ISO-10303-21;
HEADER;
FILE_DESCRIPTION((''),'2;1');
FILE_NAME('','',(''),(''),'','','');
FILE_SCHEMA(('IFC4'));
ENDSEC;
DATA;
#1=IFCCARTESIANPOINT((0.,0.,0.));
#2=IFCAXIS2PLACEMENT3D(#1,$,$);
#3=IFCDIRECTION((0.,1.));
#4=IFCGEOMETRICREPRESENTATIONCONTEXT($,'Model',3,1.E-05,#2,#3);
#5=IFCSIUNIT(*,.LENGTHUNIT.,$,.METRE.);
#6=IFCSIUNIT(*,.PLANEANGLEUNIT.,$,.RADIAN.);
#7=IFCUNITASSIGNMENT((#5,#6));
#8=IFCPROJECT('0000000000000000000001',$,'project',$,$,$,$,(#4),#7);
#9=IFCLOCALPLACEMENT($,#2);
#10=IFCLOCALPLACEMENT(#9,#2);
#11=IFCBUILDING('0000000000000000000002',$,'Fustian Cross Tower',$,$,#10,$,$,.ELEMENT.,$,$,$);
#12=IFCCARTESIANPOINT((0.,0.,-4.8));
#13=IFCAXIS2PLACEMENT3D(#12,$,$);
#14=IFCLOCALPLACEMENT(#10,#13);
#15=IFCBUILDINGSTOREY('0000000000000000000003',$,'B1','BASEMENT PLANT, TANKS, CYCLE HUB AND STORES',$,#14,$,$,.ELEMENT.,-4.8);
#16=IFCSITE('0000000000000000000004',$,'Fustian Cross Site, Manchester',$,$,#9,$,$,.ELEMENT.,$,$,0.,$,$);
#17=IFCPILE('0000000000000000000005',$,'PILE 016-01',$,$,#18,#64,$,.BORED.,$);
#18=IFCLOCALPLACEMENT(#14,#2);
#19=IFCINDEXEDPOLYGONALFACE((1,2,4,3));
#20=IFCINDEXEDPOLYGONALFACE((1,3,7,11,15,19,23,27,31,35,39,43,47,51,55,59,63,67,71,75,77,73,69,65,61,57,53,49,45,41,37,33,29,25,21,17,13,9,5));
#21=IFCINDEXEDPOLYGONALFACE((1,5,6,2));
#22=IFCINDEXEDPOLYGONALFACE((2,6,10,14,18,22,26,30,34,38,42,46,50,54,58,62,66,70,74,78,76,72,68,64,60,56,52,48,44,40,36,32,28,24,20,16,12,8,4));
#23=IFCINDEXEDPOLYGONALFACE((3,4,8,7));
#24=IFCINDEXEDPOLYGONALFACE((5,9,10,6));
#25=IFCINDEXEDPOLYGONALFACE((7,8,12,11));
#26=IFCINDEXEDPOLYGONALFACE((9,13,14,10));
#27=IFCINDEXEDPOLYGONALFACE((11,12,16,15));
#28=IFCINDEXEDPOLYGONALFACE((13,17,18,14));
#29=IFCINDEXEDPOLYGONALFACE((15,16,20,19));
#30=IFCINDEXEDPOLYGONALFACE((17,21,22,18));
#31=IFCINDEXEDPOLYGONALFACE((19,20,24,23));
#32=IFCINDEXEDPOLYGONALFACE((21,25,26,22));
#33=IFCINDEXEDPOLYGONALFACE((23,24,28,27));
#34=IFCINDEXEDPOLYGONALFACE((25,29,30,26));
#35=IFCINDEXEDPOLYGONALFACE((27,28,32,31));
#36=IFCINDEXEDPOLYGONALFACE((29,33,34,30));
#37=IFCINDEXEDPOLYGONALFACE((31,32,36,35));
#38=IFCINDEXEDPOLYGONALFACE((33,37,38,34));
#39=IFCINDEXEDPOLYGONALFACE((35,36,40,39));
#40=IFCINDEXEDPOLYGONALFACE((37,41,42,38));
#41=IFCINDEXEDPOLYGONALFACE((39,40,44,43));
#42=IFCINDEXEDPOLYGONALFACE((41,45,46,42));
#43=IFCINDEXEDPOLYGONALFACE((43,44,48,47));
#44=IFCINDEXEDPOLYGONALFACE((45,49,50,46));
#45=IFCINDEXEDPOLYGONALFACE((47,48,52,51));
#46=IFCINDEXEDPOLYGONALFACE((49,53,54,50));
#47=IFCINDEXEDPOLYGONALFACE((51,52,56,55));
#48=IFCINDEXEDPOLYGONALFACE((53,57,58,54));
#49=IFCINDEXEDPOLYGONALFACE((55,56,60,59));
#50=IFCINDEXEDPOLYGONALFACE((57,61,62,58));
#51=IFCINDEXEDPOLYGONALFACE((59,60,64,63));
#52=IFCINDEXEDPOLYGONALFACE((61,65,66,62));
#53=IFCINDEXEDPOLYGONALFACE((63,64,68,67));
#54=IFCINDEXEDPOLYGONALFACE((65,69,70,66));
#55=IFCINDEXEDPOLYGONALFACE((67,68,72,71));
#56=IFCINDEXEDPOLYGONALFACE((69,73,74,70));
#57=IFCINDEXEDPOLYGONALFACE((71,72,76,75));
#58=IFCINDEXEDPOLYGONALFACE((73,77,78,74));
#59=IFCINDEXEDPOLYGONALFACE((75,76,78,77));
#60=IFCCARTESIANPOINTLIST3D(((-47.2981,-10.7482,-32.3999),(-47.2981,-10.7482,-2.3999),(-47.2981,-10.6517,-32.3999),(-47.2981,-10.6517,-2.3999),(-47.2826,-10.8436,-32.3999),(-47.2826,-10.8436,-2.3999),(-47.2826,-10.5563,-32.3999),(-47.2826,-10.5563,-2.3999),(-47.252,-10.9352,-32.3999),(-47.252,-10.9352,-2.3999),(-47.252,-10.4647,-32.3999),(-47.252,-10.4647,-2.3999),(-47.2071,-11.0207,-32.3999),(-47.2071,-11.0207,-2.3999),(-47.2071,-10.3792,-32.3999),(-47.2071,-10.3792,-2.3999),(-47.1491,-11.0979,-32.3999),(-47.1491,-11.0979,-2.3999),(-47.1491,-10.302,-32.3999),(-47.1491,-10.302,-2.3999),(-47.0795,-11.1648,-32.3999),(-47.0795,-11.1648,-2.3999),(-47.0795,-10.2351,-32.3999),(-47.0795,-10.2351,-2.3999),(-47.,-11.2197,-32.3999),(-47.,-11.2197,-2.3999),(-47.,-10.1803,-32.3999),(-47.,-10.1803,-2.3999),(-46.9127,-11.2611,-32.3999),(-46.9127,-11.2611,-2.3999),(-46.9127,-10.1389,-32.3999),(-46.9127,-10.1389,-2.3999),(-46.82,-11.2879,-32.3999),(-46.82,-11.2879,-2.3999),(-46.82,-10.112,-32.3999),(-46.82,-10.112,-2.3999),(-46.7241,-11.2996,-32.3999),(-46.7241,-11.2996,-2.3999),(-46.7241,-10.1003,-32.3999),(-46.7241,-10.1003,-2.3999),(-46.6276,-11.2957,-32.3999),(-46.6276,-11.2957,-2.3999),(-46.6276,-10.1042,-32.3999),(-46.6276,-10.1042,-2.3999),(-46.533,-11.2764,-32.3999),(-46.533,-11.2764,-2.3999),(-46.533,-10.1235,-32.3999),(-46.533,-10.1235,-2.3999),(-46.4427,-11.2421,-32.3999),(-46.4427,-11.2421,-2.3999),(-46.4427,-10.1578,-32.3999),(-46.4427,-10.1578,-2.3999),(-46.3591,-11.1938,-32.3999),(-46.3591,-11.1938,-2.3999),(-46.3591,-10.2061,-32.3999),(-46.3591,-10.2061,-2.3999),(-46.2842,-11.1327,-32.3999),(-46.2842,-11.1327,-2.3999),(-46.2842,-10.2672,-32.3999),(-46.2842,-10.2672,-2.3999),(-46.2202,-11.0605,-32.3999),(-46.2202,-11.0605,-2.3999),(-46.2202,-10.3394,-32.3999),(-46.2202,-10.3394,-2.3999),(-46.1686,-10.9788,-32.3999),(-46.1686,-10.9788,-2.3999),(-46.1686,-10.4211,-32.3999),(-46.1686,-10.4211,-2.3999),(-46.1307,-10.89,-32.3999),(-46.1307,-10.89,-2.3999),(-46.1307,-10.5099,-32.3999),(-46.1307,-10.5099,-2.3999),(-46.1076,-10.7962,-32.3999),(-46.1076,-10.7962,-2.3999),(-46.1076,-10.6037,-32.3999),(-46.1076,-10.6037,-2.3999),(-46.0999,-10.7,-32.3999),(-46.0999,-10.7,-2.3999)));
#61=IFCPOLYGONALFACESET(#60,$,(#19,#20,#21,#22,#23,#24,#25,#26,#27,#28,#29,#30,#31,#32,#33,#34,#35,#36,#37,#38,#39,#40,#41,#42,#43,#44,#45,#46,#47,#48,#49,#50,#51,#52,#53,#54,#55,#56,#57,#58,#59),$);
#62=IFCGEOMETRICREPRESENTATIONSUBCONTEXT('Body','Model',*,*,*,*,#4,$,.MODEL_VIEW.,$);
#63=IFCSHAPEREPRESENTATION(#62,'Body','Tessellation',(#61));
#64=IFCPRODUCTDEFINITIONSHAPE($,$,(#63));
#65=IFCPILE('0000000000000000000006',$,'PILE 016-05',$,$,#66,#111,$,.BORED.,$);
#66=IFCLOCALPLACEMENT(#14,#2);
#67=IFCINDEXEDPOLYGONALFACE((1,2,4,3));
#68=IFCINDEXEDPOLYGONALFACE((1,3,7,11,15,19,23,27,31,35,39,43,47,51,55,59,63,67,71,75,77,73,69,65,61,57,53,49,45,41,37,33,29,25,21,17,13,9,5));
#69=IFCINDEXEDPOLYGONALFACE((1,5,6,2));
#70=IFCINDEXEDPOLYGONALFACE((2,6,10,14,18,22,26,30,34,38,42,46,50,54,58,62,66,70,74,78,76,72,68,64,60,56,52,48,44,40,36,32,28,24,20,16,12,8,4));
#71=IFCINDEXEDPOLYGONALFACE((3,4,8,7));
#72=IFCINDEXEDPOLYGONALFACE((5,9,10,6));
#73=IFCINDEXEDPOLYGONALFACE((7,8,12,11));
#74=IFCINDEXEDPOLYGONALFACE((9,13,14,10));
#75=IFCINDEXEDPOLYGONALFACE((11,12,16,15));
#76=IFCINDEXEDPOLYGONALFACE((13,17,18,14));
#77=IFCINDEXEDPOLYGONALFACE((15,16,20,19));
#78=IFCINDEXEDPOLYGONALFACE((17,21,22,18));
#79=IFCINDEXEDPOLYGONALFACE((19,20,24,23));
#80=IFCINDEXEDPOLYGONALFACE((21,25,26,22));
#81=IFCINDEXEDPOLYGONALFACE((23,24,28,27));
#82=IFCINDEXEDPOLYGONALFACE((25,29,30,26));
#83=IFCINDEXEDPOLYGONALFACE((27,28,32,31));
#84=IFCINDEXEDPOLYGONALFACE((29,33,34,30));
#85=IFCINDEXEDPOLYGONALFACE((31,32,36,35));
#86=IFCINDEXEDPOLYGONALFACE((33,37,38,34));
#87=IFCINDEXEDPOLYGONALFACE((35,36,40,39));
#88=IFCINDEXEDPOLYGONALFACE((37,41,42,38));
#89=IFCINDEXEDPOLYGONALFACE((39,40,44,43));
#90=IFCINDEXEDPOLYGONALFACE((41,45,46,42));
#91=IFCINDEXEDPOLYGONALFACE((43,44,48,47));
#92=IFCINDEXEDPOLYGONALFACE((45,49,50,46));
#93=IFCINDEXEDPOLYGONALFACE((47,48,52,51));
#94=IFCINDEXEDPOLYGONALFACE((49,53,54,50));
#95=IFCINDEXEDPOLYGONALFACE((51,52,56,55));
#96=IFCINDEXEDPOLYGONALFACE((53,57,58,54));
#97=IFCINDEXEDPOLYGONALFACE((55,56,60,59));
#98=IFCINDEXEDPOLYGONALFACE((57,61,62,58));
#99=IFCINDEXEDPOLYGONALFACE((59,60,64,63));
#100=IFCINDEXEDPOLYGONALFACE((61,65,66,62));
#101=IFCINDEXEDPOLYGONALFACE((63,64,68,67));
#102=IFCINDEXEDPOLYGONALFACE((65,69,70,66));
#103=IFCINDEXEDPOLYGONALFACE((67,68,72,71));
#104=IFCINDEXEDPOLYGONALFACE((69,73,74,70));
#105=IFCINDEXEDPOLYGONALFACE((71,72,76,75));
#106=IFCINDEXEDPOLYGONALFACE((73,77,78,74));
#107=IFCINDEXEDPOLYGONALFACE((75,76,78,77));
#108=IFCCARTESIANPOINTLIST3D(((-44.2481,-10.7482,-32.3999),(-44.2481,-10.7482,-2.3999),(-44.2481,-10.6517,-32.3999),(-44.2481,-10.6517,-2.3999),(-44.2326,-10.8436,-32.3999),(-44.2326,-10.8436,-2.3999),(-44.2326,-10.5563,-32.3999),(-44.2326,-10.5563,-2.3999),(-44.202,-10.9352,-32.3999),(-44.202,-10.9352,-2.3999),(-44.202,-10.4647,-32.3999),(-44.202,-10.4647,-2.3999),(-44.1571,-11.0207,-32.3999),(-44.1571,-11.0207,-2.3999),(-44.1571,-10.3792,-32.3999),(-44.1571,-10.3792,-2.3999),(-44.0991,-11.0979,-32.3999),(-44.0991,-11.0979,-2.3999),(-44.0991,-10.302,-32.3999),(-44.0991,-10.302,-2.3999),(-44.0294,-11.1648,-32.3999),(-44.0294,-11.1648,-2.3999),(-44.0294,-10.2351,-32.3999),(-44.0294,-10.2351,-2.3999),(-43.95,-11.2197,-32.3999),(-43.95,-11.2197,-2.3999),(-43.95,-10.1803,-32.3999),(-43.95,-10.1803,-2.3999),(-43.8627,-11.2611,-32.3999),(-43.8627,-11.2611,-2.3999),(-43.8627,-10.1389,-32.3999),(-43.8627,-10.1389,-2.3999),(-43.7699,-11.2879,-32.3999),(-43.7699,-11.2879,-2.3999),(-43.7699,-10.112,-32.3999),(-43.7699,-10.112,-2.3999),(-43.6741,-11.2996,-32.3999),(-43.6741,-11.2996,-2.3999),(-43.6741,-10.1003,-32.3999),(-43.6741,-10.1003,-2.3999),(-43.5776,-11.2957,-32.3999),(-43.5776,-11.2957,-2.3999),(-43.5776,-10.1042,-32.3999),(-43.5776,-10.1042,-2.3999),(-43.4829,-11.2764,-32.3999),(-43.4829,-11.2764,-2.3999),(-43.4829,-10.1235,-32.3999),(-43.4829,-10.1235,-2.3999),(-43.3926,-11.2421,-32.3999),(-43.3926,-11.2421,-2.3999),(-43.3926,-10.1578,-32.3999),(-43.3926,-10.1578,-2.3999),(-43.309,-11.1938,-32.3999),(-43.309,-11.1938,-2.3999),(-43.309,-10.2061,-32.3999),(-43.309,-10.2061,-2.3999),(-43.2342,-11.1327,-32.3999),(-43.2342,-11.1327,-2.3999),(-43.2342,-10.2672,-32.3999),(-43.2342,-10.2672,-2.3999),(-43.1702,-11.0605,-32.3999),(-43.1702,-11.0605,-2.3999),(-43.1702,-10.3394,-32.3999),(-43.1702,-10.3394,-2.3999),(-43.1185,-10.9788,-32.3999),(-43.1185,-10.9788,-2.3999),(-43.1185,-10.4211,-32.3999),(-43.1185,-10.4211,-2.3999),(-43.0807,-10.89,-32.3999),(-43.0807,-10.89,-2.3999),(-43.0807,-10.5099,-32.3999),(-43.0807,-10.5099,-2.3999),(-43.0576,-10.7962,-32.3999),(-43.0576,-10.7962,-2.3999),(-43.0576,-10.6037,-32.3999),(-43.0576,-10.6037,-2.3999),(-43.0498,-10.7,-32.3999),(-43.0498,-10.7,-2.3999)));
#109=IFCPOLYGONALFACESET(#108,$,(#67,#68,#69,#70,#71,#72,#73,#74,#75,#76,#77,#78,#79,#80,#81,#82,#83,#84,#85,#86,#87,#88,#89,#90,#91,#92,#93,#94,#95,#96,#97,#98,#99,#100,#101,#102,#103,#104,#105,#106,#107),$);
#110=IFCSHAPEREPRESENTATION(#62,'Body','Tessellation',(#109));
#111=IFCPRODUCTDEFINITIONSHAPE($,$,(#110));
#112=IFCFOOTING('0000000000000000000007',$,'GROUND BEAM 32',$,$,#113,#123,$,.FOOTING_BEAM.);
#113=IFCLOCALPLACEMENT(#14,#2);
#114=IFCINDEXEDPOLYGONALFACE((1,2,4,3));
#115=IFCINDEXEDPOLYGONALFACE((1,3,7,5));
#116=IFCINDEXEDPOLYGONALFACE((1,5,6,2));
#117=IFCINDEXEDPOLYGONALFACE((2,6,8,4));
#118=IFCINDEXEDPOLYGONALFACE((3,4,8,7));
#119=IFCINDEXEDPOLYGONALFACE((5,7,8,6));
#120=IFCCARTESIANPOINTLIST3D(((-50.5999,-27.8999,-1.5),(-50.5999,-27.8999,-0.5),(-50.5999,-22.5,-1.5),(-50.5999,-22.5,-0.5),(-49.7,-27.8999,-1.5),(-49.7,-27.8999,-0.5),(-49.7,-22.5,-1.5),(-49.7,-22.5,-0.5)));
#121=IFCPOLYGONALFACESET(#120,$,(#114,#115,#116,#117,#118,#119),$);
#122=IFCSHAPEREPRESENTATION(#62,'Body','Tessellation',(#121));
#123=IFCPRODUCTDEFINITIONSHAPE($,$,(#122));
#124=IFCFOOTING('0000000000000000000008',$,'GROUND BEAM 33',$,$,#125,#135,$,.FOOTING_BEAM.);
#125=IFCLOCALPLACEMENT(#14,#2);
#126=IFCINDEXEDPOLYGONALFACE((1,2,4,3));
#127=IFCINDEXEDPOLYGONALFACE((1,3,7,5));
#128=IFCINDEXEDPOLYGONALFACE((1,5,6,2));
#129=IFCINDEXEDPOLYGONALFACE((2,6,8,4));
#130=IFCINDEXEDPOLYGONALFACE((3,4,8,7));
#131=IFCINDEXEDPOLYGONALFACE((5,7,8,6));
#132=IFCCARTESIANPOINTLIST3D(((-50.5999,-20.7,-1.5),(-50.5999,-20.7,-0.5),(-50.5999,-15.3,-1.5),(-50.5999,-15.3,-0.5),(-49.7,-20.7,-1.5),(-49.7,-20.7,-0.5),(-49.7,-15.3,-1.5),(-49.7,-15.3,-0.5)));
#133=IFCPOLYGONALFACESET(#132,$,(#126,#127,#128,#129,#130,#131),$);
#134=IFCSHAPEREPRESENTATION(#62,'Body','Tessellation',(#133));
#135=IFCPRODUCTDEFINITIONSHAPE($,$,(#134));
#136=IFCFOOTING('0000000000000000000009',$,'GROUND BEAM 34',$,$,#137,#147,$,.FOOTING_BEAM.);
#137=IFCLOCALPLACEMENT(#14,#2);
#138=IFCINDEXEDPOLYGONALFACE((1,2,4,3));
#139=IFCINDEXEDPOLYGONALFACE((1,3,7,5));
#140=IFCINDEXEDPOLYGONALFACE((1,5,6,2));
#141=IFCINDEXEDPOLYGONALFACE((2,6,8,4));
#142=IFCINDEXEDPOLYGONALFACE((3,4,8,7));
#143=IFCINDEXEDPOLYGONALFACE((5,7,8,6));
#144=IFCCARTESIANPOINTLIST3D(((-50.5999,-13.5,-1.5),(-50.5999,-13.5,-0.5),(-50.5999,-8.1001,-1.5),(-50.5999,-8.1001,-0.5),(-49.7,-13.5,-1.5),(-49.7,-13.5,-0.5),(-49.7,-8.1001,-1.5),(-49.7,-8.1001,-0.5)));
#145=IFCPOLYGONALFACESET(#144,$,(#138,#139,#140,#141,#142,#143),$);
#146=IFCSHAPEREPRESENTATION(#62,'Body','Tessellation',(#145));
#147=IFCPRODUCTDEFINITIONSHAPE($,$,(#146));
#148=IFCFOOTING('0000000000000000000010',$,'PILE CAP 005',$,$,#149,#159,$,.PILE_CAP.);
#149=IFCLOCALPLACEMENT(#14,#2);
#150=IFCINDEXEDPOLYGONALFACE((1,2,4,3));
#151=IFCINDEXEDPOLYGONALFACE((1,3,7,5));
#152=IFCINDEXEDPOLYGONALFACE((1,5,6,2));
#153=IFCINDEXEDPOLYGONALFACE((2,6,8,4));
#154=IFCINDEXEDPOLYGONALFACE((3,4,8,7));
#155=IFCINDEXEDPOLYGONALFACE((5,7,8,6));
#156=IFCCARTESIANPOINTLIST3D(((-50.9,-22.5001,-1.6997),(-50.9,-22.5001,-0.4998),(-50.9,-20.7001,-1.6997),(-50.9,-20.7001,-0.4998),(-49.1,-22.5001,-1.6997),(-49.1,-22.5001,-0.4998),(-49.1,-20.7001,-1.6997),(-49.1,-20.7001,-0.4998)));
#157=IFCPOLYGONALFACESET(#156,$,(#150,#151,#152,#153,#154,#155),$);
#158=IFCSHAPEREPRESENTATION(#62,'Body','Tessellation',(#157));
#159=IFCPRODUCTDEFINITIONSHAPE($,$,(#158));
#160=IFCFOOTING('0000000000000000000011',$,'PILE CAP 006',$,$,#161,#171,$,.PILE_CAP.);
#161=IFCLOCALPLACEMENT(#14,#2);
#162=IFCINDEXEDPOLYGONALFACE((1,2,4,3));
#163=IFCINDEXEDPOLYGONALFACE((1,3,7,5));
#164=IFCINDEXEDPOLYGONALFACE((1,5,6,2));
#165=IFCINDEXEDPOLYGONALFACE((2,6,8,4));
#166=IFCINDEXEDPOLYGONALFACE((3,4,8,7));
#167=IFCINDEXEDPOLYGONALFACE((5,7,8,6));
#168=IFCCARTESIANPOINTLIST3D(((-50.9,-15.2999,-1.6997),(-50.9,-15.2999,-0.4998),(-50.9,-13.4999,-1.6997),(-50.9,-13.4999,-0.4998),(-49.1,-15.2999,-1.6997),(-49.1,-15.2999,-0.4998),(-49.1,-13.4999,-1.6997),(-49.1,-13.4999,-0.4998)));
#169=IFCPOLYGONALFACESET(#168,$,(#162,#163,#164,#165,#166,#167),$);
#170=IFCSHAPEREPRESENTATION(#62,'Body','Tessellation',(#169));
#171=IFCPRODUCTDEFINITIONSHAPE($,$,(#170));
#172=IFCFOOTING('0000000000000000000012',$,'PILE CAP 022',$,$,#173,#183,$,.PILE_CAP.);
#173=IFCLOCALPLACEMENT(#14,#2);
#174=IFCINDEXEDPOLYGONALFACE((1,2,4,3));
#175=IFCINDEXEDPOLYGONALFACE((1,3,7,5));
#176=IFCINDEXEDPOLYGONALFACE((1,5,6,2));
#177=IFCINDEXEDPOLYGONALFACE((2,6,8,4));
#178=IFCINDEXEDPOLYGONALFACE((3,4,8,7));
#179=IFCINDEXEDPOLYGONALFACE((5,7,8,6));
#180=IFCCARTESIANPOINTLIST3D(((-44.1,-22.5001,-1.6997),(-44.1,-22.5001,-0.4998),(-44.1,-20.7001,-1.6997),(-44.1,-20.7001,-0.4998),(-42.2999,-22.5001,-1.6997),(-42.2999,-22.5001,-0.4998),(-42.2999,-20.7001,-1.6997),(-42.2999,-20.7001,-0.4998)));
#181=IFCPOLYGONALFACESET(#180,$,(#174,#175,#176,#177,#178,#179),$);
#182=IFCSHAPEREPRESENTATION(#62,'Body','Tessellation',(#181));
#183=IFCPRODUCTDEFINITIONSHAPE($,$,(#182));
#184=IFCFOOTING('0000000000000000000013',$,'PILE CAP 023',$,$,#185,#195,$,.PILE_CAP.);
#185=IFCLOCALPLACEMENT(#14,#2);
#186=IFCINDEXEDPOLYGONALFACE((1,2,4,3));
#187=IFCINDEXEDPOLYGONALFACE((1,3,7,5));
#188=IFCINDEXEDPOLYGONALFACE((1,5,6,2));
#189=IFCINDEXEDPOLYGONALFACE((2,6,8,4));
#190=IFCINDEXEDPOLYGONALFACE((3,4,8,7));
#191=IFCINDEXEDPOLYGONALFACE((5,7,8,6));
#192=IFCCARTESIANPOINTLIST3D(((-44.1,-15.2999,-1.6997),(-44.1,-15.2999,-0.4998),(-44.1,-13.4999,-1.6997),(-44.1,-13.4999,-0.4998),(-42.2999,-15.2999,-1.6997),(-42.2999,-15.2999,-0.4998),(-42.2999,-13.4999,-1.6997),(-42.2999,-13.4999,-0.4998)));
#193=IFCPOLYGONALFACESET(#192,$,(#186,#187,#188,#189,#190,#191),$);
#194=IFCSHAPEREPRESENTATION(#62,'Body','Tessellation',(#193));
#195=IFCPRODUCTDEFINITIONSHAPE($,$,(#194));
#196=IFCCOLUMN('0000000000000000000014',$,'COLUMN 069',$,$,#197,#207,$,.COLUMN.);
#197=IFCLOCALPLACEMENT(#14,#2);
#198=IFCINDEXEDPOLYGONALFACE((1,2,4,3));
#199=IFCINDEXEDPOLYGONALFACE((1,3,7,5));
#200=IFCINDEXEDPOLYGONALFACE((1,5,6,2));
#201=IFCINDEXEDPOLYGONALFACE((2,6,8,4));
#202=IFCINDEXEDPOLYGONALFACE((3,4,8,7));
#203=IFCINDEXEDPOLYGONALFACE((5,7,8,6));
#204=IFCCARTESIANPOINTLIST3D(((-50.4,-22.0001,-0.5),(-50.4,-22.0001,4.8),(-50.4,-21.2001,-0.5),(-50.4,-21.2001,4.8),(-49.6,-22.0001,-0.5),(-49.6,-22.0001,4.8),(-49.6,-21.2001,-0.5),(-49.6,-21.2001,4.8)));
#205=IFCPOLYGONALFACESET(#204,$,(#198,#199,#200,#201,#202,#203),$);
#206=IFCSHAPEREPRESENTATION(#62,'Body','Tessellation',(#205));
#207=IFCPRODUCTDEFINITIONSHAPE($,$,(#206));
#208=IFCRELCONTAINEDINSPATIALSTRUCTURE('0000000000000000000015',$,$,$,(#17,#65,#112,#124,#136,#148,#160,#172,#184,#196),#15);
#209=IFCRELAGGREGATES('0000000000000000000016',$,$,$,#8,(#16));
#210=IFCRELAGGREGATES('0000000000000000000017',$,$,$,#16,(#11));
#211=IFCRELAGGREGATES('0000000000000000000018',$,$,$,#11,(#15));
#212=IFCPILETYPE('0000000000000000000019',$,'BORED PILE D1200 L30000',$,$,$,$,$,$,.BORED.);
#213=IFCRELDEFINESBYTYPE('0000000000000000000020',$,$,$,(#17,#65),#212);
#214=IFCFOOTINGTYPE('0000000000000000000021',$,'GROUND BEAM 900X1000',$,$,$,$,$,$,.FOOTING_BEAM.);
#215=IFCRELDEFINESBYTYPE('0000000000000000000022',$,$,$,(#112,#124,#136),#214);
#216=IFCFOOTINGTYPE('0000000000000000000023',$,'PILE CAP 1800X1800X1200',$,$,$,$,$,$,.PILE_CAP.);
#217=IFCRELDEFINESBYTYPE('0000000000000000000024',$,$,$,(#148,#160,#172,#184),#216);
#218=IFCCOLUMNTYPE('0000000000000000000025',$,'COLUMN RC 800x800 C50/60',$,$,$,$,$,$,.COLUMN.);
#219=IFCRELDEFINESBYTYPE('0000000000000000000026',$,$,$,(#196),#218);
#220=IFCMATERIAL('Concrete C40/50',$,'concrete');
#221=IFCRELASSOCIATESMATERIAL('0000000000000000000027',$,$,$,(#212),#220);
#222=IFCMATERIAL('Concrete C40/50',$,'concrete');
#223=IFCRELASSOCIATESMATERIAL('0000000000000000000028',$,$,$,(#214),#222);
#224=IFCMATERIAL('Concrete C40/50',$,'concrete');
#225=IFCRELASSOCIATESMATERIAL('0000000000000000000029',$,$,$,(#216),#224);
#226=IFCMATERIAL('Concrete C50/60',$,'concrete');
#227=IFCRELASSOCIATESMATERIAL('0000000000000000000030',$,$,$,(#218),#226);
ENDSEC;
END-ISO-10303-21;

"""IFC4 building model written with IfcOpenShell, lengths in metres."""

from ifc_helpers import new_model, si_unit, direction, frame, origin, origin_2d, place, context, subcontext, project, spatial, rectangle, circle, extrude, material, material_profile, profile_set, type_object, element, save


model = new_model("IFC4")

# Units and contexts
model_context = context("Model", 3, precision=1e-05, world=origin(), true_north=direction((0.0, 1.0)))
body_context = subcontext(model_context, "Body", "Model", "MODEL_VIEW")
ifc_project = project(units=[si_unit("LENGTHUNIT", "METRE"), si_unit("PLANEANGLEUNIT", "RADIAN")], contexts=[model_context])

# Site, building, storey
site_placement = place(None, origin())
site = spatial("IfcSite", under=ifc_project, at=site_placement, Name="Fustian Cross Site, Manchester", CompositionType="ELEMENT", RefElevation=0.0)
building_placement = place(site_placement, origin())
building = spatial("IfcBuilding", under=site, at=building_placement, Name="Fustian Cross Tower", CompositionType="ELEMENT")
storey_placement = place(building_placement, frame((0.0, 0.0, -4.8)))
storey = spatial("IfcBuildingStorey", under=building, at=storey_placement, Name="B1", Description="BASEMENT PLANT, TANKS, CYCLE HUB AND STORES", CompositionType="ELEMENT", Elevation=-4.8)

# Piles
ifc_material_1 = material(Name="Concrete C40/50", Category="concrete")
ifc_material_profile_1 = material_profile(ifc_material_1, circle(Radius=0.6001, at=origin_2d()), Name="BORED PILE D1200 L30000")
ifc_profile_set_1 = profile_set([ifc_material_profile_1], Name="Concrete C40/50")
pile_type_1 = type_object("IfcPileType", Name="BORED PILE D1200 L30000", PredefinedType="BORED", material=ifc_profile_set_1)
for number, where, z_axis, x_axis, name in (
    (1, (-46.7, -10.7, -2.3999), (0.0, 0.0, -1.0), (1.0, 0.0, 0.0), "PILE 016-01"),
    (2, (-43.6499, -10.7, -2.3999), (0.0, 0.0, -1.0), (1.0, 0.0, 0.0), "PILE 016-05"),
):
    element("IfcPile", number, at=place(storey_placement, frame(where, z_axis=z_axis, x_axis=x_axis)), inside=storey, type_object=pile_type_1, Name=name, PredefinedType="BORED", context=body_context, shape_type="SweptSolid", body=[
        extrude(circle(Radius=0.6001, at=origin_2d()), origin(), (0.0, 0.0, 1.0), 30.0),
    ])

# Footings
ifc_material_2 = material(Name="Concrete C40/50", Category="concrete")
footing_type_1 = type_object("IfcFootingType", Name="GROUND BEAM 900X1000", PredefinedType="FOOTING_BEAM", material=ifc_material_2)
for number, where, z_axis, x_axis, name in (
    (3, (-50.1499, -25.2, -1.5), (0.0, 0.0, 1.0), (1.0, 0.0, 0.0), "GROUND BEAM 32"),
    (4, (-50.1499, -18.0, -1.5), (0.0, 0.0, 1.0), (1.0, 0.0, 0.0), "GROUND BEAM 33"),
    (5, (-50.1499, -10.8, -1.5), (0.0, 0.0, 1.0), (1.0, 0.0, 0.0), "GROUND BEAM 34"),
):
    element("IfcFooting", number, at=place(storey_placement, frame(where, z_axis=z_axis, x_axis=x_axis)), inside=storey, type_object=footing_type_1, Name=name, PredefinedType="FOOTING_BEAM", context=body_context, shape_type="SweptSolid", body=[
        extrude(rectangle(XDim=0.8999, YDim=5.3999, at=origin_2d()), origin(), (0.0, 0.0, 1.0), 1.0),
    ])
ifc_material_3 = material(Name="Concrete C40/50", Category="concrete")
footing_type_2 = type_object("IfcFootingType", Name="PILE CAP 1800X1800X1200", PredefinedType="PILE_CAP", material=ifc_material_3)
for number, where, z_axis, x_axis, name in (
    (6, (-50.0, -21.6001, -1.6997), (0.0, 0.0, 1.0), (1.0, 0.0, 0.0), "PILE CAP 005"),
    (7, (-50.0, -14.3999, -1.6997), (0.0, 0.0, 1.0), (1.0, 0.0, 0.0), "PILE CAP 006"),
    (8, (-43.2, -21.6001, -1.6997), (0.0, 0.0, 1.0), (1.0, 0.0, 0.0), "PILE CAP 022"),
    (9, (-43.2, -14.3999, -1.6997), (0.0, 0.0, 1.0), (1.0, 0.0, 0.0), "PILE CAP 023"),
):
    element("IfcFooting", number, at=place(storey_placement, frame(where, z_axis=z_axis, x_axis=x_axis)), inside=storey, type_object=footing_type_2, Name=name, PredefinedType="PILE_CAP", context=body_context, shape_type="SweptSolid", body=[
        extrude(rectangle(XDim=1.8, YDim=1.8, at=origin_2d()), origin(), (0.0, 0.0, 1.0), 1.2),
    ])

# Column
ifc_material_4 = material(Name="Concrete C50/60", Category="concrete")
ifc_material_profile_2 = material_profile(ifc_material_4, rectangle(XDim=0.8, YDim=0.8, at=origin_2d()), Name="RC 800x800")
ifc_profile_set_2 = profile_set([ifc_material_profile_2], Name="Concrete C50/60")
column_type = type_object("IfcColumnType", Name="COLUMN RC 800x800 C50/60", PredefinedType="COLUMN", material=ifc_profile_set_2)
for number, where, z_axis, x_axis, name in (
    (10, (-50.0, -21.6001, -0.5), (0.0, 0.0, 1.0), (1.0, 0.0, 0.0), "COLUMN 069"),
):
    element("IfcColumn", number, at=place(storey_placement, frame(where, z_axis=z_axis, x_axis=x_axis)), inside=storey, type_object=column_type, Name=name, PredefinedType="COLUMN", context=body_context, shape_type="SweptSolid", body=[
        extrude(rectangle(XDim=0.8, YDim=0.8, at=origin_2d()), origin(), (0.0, 0.0, 1.0), 5.3),
    ])

save(model, "model.ifc")
